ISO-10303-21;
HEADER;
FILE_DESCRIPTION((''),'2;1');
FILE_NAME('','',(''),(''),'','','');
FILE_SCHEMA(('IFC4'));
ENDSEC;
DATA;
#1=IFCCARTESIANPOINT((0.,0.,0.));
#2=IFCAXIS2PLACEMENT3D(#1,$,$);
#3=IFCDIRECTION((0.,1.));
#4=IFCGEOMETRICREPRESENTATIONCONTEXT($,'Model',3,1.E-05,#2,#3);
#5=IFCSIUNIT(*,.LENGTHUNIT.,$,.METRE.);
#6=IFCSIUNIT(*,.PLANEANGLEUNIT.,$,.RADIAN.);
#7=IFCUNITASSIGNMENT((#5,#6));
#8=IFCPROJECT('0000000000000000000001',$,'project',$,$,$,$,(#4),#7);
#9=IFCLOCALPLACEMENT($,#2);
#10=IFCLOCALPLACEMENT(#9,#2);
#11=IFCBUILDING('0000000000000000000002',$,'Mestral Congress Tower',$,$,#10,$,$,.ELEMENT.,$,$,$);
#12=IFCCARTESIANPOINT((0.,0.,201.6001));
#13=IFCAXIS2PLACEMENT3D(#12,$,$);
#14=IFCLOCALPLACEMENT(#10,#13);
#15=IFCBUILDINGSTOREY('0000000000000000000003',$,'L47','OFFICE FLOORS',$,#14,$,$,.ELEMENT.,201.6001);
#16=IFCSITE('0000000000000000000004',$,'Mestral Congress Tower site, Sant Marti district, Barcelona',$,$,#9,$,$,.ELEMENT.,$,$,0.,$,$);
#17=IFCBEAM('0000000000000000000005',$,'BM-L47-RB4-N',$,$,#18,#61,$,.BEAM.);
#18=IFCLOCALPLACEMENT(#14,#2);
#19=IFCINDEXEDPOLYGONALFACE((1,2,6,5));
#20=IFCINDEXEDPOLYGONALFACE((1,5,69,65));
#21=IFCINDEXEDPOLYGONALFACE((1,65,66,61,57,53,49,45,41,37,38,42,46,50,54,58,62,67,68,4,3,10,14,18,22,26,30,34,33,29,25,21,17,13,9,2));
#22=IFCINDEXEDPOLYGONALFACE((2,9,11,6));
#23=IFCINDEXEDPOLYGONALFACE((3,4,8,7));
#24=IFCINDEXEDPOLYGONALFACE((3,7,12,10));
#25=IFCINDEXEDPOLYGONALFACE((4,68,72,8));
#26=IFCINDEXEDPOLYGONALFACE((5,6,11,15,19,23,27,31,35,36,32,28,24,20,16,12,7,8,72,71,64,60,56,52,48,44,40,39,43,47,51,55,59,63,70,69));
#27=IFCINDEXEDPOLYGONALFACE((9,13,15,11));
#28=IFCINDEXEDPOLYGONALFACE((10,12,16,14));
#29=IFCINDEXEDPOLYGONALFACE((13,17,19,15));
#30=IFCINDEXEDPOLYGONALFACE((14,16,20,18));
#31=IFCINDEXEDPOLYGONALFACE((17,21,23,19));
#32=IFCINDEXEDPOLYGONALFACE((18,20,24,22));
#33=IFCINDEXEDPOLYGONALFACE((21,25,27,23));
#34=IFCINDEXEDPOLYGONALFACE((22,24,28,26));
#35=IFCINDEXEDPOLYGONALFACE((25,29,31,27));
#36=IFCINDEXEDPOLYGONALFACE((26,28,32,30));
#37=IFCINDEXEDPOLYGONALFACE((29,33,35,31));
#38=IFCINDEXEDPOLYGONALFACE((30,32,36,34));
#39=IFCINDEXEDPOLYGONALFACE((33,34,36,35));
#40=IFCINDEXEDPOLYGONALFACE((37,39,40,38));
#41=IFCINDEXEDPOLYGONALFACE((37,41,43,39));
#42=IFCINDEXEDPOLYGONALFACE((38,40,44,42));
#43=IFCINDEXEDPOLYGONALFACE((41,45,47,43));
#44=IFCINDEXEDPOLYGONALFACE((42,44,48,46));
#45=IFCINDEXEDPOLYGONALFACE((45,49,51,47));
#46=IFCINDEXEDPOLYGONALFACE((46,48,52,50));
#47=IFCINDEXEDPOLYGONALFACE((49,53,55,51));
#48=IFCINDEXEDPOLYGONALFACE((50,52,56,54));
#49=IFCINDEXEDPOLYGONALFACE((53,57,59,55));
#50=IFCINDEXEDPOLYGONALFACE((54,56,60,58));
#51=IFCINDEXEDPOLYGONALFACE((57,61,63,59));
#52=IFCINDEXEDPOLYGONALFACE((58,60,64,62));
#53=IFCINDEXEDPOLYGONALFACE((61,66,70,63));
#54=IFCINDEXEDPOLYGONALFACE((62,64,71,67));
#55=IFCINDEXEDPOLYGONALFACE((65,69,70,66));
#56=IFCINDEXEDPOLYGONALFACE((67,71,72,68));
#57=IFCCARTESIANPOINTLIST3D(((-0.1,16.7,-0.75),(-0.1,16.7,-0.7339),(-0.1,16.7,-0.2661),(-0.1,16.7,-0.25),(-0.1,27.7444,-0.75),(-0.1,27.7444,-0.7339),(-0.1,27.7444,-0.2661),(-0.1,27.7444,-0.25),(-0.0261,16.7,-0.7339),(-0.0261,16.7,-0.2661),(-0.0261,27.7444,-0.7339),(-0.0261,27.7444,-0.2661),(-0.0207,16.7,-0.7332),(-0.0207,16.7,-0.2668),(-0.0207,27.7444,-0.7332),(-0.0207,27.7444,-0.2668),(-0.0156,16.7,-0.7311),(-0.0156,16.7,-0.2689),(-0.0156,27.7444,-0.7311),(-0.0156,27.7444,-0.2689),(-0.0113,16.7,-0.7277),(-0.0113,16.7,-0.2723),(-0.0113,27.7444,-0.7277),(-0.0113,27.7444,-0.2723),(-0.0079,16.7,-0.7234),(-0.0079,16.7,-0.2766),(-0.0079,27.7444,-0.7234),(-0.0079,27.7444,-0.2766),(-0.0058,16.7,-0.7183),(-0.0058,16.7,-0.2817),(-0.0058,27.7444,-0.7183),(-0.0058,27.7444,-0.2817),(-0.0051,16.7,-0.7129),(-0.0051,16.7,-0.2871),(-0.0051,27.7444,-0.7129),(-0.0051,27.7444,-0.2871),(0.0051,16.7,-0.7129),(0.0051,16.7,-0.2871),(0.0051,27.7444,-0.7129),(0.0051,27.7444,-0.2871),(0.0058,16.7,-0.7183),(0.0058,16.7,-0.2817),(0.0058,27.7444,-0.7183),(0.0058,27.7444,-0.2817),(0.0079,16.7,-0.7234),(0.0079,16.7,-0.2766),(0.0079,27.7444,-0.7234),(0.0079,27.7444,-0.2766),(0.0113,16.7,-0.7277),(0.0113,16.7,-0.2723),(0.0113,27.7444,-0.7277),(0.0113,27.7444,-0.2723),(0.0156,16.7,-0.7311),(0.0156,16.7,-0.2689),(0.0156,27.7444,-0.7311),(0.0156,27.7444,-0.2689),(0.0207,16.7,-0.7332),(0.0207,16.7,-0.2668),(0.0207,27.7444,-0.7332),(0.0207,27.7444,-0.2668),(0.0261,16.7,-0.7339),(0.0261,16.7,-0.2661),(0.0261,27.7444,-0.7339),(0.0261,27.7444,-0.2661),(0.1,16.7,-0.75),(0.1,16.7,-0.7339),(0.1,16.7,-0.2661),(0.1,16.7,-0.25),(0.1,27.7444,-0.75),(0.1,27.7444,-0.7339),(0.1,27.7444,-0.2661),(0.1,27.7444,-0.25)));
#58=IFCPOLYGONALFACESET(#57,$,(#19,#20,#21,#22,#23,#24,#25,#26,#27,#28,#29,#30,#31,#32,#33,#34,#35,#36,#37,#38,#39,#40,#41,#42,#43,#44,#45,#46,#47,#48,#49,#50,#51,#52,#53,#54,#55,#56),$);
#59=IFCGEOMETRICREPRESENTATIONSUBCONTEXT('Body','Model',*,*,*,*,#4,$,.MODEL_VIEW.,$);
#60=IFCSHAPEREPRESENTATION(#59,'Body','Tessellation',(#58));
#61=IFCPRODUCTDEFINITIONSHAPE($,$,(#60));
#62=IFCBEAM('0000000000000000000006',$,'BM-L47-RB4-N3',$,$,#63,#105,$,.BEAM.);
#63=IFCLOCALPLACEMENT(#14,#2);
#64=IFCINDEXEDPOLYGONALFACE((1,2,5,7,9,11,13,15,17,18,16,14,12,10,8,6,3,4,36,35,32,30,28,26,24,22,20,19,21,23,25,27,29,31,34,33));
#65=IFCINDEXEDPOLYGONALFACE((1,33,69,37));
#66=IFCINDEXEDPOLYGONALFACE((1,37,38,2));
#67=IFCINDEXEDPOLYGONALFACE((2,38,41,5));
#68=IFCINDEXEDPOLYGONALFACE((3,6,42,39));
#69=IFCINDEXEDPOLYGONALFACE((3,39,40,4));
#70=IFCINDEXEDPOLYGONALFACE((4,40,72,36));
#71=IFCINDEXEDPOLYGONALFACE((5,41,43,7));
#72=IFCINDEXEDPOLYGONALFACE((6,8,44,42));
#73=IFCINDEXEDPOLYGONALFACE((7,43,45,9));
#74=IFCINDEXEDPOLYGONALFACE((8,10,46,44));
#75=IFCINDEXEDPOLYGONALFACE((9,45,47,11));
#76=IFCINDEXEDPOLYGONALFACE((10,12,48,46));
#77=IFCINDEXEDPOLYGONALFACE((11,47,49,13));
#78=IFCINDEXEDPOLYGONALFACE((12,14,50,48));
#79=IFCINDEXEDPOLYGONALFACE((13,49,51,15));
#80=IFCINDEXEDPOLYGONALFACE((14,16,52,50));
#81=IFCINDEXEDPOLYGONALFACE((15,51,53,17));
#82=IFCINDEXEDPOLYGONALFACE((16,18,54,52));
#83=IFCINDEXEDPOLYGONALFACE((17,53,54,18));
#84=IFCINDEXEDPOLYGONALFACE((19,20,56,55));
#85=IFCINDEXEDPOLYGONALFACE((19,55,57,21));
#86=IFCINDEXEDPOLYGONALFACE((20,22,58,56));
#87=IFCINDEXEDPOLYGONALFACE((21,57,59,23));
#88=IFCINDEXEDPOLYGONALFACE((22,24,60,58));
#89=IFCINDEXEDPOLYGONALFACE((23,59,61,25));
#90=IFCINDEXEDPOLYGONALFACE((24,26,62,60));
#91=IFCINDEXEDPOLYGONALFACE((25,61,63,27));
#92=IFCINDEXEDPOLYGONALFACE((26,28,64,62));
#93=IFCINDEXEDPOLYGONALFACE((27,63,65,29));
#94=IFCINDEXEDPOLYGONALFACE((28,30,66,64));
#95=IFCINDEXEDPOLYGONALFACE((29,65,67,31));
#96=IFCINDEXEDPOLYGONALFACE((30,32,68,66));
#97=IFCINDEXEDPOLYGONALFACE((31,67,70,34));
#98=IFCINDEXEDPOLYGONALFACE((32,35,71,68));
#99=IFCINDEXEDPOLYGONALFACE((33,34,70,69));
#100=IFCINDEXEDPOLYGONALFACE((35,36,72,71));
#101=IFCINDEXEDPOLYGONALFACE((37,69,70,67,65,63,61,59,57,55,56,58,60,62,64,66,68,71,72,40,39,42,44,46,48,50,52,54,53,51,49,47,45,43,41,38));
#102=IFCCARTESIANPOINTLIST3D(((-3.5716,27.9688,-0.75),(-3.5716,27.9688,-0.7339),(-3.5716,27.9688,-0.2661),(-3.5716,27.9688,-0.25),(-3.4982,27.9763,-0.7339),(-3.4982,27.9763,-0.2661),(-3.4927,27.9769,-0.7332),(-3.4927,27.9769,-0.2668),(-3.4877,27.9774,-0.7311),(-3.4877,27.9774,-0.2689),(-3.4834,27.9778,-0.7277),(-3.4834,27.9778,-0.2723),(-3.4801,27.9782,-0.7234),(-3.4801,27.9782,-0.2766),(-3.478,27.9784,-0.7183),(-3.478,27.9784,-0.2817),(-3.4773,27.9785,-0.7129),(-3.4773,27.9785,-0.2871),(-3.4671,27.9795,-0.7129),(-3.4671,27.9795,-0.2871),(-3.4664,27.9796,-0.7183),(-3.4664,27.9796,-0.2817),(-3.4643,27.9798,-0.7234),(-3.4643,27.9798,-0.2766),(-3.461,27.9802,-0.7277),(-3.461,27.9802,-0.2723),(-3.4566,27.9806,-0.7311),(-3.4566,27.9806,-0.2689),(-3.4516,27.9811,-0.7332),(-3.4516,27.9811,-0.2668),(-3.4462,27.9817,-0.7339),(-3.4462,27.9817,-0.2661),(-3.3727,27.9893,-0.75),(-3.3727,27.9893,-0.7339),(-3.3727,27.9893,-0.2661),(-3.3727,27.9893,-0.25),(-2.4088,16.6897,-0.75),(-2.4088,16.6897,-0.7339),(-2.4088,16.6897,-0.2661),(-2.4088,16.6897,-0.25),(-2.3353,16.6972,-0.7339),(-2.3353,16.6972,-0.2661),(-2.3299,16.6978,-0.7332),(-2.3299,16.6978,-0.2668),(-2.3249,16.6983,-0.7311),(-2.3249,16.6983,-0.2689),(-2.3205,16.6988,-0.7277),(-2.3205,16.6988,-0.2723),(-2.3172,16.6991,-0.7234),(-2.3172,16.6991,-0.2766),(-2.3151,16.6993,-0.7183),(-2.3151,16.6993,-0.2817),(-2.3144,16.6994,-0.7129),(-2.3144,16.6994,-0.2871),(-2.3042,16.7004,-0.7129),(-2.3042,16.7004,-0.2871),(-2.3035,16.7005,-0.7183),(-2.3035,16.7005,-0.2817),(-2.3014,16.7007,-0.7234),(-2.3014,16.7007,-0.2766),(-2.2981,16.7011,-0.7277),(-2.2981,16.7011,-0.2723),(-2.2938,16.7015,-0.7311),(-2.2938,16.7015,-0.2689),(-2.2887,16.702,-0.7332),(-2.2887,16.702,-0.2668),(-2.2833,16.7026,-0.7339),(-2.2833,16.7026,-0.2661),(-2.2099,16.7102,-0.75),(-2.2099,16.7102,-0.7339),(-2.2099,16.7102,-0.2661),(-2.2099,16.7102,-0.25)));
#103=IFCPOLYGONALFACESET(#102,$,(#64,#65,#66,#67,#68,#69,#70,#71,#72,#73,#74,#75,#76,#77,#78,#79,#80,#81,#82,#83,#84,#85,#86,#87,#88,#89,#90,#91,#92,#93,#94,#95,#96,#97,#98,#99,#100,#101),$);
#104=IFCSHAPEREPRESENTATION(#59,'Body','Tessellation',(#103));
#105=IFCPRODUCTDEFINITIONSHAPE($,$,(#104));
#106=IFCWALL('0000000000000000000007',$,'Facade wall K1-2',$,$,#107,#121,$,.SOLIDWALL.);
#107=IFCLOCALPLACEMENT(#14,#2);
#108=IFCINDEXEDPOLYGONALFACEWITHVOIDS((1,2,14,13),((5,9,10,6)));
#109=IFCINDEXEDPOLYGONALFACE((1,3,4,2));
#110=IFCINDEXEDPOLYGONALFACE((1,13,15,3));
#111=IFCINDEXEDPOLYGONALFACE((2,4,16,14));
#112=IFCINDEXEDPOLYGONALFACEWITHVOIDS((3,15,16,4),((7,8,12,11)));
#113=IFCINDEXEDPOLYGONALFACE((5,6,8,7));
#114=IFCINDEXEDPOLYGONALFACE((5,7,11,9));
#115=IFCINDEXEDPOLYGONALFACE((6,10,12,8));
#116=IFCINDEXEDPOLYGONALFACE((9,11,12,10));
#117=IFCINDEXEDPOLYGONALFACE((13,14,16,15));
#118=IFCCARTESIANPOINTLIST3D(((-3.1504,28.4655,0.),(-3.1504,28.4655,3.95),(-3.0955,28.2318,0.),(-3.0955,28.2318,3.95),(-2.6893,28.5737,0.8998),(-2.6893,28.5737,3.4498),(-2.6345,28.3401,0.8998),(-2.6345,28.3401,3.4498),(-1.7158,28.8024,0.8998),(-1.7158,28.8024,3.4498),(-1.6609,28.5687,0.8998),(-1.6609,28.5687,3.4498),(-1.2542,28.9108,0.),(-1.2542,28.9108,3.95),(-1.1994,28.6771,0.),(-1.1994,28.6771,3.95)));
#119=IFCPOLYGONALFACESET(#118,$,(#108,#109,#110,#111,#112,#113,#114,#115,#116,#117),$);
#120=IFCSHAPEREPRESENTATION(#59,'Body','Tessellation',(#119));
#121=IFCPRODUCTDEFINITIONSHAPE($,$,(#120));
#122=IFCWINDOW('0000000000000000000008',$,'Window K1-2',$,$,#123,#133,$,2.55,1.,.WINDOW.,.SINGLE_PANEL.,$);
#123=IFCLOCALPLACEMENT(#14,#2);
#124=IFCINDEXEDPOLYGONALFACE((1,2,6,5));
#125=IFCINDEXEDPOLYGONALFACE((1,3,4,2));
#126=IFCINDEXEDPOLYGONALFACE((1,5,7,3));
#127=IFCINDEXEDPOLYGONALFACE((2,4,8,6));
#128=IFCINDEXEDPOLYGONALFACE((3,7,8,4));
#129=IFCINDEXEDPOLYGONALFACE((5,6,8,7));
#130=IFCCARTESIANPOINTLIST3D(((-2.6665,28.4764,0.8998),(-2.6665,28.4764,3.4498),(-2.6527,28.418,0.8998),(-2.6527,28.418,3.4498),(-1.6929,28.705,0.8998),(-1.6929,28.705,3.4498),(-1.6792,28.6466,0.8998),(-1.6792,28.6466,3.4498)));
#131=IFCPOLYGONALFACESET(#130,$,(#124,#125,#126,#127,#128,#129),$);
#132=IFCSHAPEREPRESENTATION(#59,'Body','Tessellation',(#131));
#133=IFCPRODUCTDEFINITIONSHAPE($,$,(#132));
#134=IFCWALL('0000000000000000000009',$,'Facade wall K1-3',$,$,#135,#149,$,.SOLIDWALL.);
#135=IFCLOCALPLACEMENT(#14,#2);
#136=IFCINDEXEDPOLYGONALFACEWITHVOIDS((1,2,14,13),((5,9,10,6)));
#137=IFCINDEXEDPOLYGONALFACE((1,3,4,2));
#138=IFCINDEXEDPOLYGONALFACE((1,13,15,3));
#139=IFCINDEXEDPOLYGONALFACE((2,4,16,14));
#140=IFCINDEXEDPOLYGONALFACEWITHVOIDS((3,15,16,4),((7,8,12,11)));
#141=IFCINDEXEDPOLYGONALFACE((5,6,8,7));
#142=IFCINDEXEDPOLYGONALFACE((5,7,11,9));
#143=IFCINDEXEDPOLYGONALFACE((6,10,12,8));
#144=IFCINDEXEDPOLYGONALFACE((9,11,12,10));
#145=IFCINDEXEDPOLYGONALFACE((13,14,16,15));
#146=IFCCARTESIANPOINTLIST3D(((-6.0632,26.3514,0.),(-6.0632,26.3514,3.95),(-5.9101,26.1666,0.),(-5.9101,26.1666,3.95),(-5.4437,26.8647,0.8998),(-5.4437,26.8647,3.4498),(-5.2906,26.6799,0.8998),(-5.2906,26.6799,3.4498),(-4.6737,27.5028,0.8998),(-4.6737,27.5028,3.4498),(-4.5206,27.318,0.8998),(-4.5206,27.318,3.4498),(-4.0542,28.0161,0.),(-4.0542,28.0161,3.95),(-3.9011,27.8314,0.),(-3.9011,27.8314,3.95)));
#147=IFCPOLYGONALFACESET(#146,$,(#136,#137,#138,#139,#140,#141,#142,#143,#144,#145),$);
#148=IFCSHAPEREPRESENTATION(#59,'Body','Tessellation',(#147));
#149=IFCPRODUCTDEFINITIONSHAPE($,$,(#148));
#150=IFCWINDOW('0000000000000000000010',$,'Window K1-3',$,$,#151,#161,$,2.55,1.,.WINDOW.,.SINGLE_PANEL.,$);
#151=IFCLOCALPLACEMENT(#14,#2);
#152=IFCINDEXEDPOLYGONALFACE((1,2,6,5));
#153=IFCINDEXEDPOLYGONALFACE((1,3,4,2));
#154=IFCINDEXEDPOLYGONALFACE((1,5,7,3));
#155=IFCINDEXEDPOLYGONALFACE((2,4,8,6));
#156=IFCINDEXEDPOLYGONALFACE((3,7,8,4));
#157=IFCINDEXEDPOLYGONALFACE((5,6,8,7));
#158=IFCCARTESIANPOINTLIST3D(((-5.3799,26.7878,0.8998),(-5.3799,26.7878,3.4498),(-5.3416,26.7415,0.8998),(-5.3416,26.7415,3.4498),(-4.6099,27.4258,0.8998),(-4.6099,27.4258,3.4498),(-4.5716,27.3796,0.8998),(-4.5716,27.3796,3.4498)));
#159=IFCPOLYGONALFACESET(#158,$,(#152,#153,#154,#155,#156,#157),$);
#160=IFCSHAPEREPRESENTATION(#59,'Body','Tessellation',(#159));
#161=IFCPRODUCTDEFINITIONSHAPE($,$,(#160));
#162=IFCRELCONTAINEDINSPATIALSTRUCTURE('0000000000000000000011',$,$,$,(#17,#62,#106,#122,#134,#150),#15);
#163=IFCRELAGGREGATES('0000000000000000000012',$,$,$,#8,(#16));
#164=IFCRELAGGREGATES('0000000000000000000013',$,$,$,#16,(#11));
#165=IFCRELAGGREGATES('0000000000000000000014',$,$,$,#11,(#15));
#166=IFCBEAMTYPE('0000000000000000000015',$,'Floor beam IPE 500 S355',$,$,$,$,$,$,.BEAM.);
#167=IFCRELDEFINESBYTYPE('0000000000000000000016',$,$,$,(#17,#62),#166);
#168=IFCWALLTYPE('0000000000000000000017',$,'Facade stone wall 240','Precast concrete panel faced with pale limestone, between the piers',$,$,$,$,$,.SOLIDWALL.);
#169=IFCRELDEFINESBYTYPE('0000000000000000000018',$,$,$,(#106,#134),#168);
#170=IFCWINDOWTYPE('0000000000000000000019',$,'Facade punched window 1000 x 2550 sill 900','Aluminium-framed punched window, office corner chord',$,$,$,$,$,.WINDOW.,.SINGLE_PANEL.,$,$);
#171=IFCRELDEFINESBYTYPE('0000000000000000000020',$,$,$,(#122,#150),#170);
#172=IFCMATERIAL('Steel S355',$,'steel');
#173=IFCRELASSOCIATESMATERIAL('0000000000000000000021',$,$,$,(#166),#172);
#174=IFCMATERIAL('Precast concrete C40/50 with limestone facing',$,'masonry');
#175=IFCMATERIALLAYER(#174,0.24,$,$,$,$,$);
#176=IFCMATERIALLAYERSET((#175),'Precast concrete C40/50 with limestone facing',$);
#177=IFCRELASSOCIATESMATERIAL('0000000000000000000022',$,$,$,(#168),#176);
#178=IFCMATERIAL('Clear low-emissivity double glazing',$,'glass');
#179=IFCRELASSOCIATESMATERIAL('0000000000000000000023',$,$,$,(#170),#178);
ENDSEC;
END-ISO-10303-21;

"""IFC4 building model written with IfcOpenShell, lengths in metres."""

from ifc_helpers import new_model, si_unit, direction, frame, frame_2d, origin, origin_2d, place, context, subcontext, project, spatial, rectangle, i_section, extrude, material, layer, layer_set, material_profile, profile_set, type_object, element, fill, save


model = new_model("IFC4")

# Units and contexts
model_context = context("Model", 3, precision=1e-05, world=origin(), true_north=direction((0.0, 1.0)))
body_context = subcontext(model_context, "Body", "Model", "MODEL_VIEW")
ifc_project = project(units=[si_unit("LENGTHUNIT", "METRE"), si_unit("PLANEANGLEUNIT", "RADIAN")], contexts=[model_context])

# Site, building, storey
site_placement = place(None, origin())
site = spatial("IfcSite", under=ifc_project, at=site_placement, Name="Mestral Congress Tower site, Sant Marti district, Barcelona", CompositionType="ELEMENT", RefElevation=0.0)
building_placement = place(site_placement, origin())
building = spatial("IfcBuilding", under=site, at=building_placement, Name="Mestral Congress Tower", CompositionType="ELEMENT")
storey_placement = place(building_placement, frame((0.0, 0.0, 201.6001)))
storey = spatial("IfcBuildingStorey", under=building, at=storey_placement, Name="L47", Description="OFFICE FLOORS", CompositionType="ELEMENT", Elevation=201.6001)

# Beams
ifc_material_1 = material(Name="Steel S355", Category="steel")
ifc_material_profile_1 = material_profile(ifc_material_1, i_section(OverallWidth=0.2, OverallDepth=0.5, WebThickness=0.0103, FlangeThickness=0.0161, FilletRadius=0.021, at=origin_2d()), Name="IPE 500")
ifc_profile_set_1 = profile_set([ifc_material_profile_1], Name="Steel S355")
beam_type_1 = type_object("IfcBeamType", Name="Floor beam IPE 500 S355", PredefinedType="BEAM", material=ifc_profile_set_1)
beam_1_placement = place(storey_placement, frame((0.0, 27.7444, -0.5), z_axis=(0.0, -1.0, 0.0), x_axis=(1.0, 0.0, 0.0)))
element("IfcBeam", 1, at=beam_1_placement, inside=storey, type_object=beam_type_1, Name="BM-L47-RB4-N", PredefinedType="BEAM", context=body_context, shape_type="SweptSolid", body=[
    extrude(i_section(OverallWidth=0.2, OverallDepth=0.5, WebThickness=0.0103, FlangeThickness=0.0161, FilletRadius=0.021, at=origin_2d()), origin(), (0.0, 0.0, 1.0), 11.0444),
])
beam_2_placement = place(storey_placement, frame((-3.4722, 27.979, -0.5), z_axis=(0.102554, -0.994727, 0.0), x_axis=(0.994727, 0.102554, 0.0)))
element("IfcBeam", 2, at=beam_2_placement, inside=storey, type_object=beam_type_1, Name="BM-L47-RB4-N3", PredefinedType="BEAM", context=body_context, shape_type="SweptSolid", body=[
    extrude(i_section(OverallWidth=0.2, OverallDepth=0.5, WebThickness=0.0103, FlangeThickness=0.0161, FilletRadius=0.021, at=origin_2d()), origin(), (0.0, 0.0, 1.0), 11.3389),
])

# Walls, openings, windows
ifc_material_2 = material(Name="Precast concrete C40/50 with limestone facing", Category="masonry")
ifc_layer_1 = layer(ifc_material_2, 0.24)
ifc_layer_set_1 = layer_set([ifc_layer_1], Name="Precast concrete C40/50 with limestone facing")
wall_type_1 = type_object("IfcWallType", Name="Facade stone wall 240", Description="Precast concrete panel faced with pale limestone, between the piers", PredefinedType="SOLIDWALL", material=ifc_layer_set_1)
wall_1_placement = place(storey_placement, frame((-1.2268, 28.7939, 0.0), z_axis=(0.0, 0.0, 1.0), x_axis=(-0.973516, -0.22862, 0.0)))
wall_1 = element("IfcWall", 3, at=wall_1_placement, inside=storey, type_object=wall_type_1, Name="Facade wall K1-2", PredefinedType="SOLIDWALL", context=body_context, shape_type="SweptSolid", body=[
    extrude(rectangle(XDim=1.9478, YDim=0.24, at=frame_2d((0.9739, 0.0))), origin(), (0.0, 0.0, 1.0), 3.95),
])
opening_1_placement = place(wall_1_placement, frame((0.4741, 0.0, 0.8999)))
opening_1 = element("IfcOpeningElement", 4, at=opening_1_placement, cuts=wall_1, PredefinedType="OPENING", context=body_context, shape_type="SweptSolid", body=[
    extrude(rectangle(XDim=1.0, YDim=2.55, at=frame_2d((0.5, 1.2749))), frame((0.0, 0.1299, 0.0), z_axis=(0.0, -1.0, 0.0), x_axis=(1.0, 0.0, 0.0)), (0.0, 0.0, 1.0), 0.26),
])
ifc_material_3 = material(Name="Clear low-emissivity double glazing", Category="glass")
window_type_1 = type_object("IfcWindowType", Name="Facade punched window 1000 x 2550 sill 900", Description="Aluminium-framed punched window, office corner chord", PartitioningType="SINGLE_PANEL", PredefinedType="WINDOW", material=ifc_material_3)
window_1_placement = place(opening_1_placement, origin())
window_1 = element("IfcWindow", 5, at=window_1_placement, inside=storey, type_object=window_type_1, Name="Window K1-2", OverallHeight=2.55, OverallWidth=1.0, PartitioningType="SINGLE_PANEL", PredefinedType="WINDOW", context=body_context, shape_type="SweptSolid", body=[
    extrude(rectangle(XDim=1.0, YDim=2.55, at=frame_2d((0.5, 1.2749))), frame((0.0, 0.04, 0.0), z_axis=(0.0, -1.0, 0.0), x_axis=(1.0, 0.0, 0.0)), (0.0, 0.0, 1.0), 0.0601),
])
fill(opening_1, window_1)
wall_2_placement = place(storey_placement, frame((-3.9775, 27.9238, 0.0), z_axis=(0.0, 0.0, 1.0), x_axis=(-0.76999, -0.638056, 0.0)))
wall_2 = element("IfcWall", 6, at=wall_2_placement, inside=storey, type_object=wall_type_1, Name="Facade wall K1-3", PredefinedType="SOLIDWALL", context=body_context, shape_type="SweptSolid", body=[
    extrude(rectangle(XDim=2.6091, YDim=0.24, at=frame_2d((1.3047, 0.0))), origin(), (0.0, 0.0, 1.0), 3.95),
])
opening_2_placement = place(wall_2_placement, frame((0.8047, 0.0, 0.8999)))
opening_2 = element("IfcOpeningElement", 7, at=opening_2_placement, cuts=wall_2, PredefinedType="OPENING", context=body_context, shape_type="SweptSolid", body=[
    extrude(rectangle(XDim=1.0, YDim=2.55, at=frame_2d((0.5, 1.2749))), frame((0.0, 0.1299, 0.0), z_axis=(0.0, -1.0, 0.0), x_axis=(1.0, 0.0, 0.0)), (0.0, 0.0, 1.0), 0.26),
])
window_2_placement = place(opening_2_placement, origin())
window_2 = element("IfcWindow", 8, at=window_2_placement, inside=storey, type_object=window_type_1, Name="Window K1-3", OverallHeight=2.55, OverallWidth=1.0, PartitioningType="SINGLE_PANEL", PredefinedType="WINDOW", context=body_context, shape_type="SweptSolid", body=[
    extrude(rectangle(XDim=1.0, YDim=2.55, at=frame_2d((0.5, 1.2749))), frame((0.0, 0.04, 0.0), z_axis=(0.0, -1.0, 0.0), x_axis=(1.0, 0.0, 0.0)), (0.0, 0.0, 1.0), 0.0601),
])
fill(opening_2, window_2)

save(model, "model.ifc")
